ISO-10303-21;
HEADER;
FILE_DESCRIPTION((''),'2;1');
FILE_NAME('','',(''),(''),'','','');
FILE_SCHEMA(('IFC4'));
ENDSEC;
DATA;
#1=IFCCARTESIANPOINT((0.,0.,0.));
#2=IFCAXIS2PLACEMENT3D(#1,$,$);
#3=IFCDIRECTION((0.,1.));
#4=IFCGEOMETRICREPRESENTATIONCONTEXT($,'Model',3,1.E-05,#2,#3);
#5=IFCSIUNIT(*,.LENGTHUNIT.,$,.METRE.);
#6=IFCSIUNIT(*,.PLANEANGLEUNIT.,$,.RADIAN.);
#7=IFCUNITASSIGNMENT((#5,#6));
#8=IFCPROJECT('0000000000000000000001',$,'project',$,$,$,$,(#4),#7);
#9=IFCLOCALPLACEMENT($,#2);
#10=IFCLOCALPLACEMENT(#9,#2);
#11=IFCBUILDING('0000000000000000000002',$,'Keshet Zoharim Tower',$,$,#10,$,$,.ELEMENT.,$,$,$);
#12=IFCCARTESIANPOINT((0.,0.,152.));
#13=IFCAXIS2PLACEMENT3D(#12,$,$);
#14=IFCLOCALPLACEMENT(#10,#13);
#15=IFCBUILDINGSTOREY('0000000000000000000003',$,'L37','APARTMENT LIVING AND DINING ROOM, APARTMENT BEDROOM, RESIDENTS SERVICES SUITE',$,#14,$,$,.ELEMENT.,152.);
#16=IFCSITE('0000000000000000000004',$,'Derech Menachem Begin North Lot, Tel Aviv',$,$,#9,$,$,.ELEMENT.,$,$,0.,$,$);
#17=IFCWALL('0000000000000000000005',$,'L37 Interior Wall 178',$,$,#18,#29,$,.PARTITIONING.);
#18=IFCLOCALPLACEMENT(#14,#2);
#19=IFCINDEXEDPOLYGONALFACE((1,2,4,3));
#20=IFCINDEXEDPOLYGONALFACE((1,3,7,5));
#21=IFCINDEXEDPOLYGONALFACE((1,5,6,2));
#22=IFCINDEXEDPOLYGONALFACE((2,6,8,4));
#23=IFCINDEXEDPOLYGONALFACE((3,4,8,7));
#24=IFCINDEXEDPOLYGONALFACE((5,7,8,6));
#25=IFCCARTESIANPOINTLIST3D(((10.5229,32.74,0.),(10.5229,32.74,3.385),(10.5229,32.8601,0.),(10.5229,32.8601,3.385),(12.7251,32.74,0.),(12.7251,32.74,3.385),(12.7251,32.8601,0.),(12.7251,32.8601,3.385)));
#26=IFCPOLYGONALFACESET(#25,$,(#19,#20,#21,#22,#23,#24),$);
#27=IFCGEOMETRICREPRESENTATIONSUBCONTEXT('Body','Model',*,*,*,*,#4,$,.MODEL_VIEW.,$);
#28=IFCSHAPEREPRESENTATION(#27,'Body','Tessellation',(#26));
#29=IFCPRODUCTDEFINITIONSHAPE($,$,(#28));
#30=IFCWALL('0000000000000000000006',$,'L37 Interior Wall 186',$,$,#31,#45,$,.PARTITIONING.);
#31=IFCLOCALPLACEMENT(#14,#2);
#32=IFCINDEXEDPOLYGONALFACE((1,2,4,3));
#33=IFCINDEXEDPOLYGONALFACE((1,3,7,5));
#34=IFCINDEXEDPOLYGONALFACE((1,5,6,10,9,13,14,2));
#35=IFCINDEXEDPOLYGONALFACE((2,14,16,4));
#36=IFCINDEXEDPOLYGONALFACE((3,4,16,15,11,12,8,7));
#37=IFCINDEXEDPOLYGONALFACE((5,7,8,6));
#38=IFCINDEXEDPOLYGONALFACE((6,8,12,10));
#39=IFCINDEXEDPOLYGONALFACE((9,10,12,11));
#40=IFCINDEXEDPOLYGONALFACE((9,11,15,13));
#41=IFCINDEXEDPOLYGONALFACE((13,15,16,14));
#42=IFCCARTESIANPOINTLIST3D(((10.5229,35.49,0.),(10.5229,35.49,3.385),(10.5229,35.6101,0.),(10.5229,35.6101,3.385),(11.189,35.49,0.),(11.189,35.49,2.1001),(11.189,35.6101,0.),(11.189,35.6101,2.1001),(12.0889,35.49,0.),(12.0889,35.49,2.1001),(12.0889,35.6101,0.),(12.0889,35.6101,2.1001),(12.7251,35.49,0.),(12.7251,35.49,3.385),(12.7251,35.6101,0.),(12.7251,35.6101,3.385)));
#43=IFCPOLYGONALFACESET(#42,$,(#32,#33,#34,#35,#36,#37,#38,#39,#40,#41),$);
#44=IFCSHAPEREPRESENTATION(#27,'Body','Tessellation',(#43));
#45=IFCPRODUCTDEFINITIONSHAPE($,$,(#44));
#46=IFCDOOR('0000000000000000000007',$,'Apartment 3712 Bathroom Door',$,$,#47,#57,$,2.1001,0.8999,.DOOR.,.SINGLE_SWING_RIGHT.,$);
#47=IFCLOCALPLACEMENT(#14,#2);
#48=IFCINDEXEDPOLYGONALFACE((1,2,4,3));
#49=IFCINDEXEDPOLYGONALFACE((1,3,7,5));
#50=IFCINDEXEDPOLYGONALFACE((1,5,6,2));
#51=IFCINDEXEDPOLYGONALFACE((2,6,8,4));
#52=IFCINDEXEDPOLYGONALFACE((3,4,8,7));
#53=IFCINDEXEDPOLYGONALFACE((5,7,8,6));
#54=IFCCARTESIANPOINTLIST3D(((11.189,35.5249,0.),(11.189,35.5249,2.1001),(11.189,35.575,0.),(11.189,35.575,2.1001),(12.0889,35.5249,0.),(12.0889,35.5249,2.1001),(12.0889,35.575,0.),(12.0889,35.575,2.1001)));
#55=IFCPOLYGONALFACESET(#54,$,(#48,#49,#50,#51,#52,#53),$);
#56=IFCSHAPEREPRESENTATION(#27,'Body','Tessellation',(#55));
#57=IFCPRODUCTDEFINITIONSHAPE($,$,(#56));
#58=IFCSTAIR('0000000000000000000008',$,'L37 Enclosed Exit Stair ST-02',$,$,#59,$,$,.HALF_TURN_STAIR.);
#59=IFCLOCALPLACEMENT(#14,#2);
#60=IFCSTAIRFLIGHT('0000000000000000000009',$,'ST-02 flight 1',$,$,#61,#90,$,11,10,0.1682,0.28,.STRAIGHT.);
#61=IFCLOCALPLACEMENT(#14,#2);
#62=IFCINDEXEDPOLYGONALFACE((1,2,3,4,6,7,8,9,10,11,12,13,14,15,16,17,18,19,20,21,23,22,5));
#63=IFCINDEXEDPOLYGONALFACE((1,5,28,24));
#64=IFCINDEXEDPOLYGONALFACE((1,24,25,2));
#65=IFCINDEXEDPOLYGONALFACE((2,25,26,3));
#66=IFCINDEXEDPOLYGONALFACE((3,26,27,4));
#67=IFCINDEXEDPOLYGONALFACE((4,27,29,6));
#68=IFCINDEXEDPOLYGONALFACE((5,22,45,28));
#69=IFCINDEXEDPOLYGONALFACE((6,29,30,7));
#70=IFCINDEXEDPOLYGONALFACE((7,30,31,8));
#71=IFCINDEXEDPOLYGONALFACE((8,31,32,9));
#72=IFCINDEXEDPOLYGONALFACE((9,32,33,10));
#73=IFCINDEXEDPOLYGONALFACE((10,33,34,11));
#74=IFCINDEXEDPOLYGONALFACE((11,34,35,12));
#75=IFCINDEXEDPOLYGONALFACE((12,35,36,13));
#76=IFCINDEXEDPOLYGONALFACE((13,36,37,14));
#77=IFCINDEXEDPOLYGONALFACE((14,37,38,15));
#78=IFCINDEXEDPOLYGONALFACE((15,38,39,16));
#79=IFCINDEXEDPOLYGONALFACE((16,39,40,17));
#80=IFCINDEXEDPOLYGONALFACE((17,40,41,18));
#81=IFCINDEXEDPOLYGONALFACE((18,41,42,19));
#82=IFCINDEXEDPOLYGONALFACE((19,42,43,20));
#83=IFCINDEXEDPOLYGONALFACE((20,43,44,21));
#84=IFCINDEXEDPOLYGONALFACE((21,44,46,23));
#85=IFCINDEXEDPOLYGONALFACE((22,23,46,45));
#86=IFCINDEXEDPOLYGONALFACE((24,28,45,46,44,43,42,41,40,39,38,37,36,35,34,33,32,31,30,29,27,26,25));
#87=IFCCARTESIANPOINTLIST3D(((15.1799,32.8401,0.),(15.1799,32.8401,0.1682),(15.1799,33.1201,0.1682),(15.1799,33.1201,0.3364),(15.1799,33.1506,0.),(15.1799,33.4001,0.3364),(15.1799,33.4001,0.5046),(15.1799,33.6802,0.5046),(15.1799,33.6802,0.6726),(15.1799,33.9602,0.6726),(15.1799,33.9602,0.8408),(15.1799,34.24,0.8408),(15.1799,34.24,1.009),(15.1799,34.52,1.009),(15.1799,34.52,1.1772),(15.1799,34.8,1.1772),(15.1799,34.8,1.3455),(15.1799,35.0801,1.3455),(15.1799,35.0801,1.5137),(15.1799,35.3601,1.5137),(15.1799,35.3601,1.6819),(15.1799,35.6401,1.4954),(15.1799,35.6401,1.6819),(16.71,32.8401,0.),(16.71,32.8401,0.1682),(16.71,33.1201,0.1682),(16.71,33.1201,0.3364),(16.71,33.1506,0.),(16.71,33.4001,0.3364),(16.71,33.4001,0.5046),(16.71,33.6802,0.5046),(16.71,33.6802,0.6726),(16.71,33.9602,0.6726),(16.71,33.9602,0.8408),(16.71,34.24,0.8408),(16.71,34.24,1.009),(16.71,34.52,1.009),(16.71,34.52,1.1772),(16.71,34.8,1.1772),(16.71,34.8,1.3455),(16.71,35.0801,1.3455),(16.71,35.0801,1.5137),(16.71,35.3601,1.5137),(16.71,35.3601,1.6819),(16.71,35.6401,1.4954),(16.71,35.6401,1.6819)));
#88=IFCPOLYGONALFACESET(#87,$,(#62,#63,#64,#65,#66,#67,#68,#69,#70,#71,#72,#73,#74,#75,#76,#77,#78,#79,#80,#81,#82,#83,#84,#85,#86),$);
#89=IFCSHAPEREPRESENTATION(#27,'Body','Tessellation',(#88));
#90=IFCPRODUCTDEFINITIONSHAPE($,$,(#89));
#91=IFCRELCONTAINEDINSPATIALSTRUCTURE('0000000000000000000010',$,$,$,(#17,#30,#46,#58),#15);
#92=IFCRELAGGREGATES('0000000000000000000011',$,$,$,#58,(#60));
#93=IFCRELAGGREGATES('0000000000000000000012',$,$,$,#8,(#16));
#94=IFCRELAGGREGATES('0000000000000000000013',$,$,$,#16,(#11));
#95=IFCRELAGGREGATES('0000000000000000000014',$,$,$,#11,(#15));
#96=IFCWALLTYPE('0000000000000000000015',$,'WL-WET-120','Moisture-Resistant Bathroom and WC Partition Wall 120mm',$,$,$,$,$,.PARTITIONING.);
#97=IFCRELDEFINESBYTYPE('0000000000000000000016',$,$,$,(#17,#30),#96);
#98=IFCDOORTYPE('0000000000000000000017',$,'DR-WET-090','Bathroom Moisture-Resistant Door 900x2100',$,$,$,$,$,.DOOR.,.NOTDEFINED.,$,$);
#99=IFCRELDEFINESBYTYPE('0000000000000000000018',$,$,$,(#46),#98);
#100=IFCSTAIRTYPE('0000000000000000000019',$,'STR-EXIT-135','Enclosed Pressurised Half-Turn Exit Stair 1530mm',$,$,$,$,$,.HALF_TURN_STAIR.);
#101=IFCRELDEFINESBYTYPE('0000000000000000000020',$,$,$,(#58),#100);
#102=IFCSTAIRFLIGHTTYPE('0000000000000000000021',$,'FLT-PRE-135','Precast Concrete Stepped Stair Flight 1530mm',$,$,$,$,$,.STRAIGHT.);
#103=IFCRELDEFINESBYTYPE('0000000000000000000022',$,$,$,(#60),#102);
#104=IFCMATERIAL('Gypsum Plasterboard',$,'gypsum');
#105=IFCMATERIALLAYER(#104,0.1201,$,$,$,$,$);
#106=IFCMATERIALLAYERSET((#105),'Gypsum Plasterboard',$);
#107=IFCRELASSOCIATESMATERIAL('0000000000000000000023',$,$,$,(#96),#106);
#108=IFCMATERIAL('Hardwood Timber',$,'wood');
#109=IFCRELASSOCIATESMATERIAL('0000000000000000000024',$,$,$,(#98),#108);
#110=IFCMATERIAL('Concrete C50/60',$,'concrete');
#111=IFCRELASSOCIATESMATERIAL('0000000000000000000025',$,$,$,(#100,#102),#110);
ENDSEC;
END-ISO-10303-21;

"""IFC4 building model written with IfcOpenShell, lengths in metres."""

from ifc_helpers import new_model, si_unit, direction, frame, frame_2d, origin, place, context, subcontext, project, spatial, polyline, rectangle, outline, extrude, material, layer, layer_set, type_object, element, fill, aggregate, save


model = new_model("IFC4")

# Units and contexts
model_context = context("Model", 3, precision=1e-05, world=origin(), true_north=direction((0.0, 1.0)))
body_context = subcontext(model_context, "Body", "Model", "MODEL_VIEW")
ifc_project = project(units=[si_unit("LENGTHUNIT", "METRE"), si_unit("PLANEANGLEUNIT", "RADIAN")], contexts=[model_context])

# Site, building, storey
site_placement = place(None, origin())
site = spatial("IfcSite", under=ifc_project, at=site_placement, Name="Derech Menachem Begin North Lot, Tel Aviv", CompositionType="ELEMENT", RefElevation=0.0)
building_placement = place(site_placement, origin())
building = spatial("IfcBuilding", under=site, at=building_placement, Name="Keshet Zoharim Tower", CompositionType="ELEMENT")
storey_placement = place(building_placement, frame((0.0, 0.0, 152.0)))
storey = spatial("IfcBuildingStorey", under=building, at=storey_placement, Name="L37", Description="APARTMENT LIVING AND DINING ROOM, APARTMENT BEDROOM, RESIDENTS SERVICES SUITE", CompositionType="ELEMENT", Elevation=152.0)

# Shared definitions
ifc_material_1 = material(Name="Hardwood Timber", Category="wood")

# Shared definitions
ifc_material_2 = material(Name="Gypsum Plasterboard", Category="gypsum")

# Shared definitions
ifc_layer_1 = layer(ifc_material_2, 0.1201)
ifc_layer_set_1 = layer_set([ifc_layer_1], Name="Gypsum Plasterboard")
wall_type_1 = type_object("IfcWallType", Name="WL-WET-120", Description="Moisture-Resistant Bathroom and WC Partition Wall 120mm", PredefinedType="PARTITIONING", material=ifc_layer_set_1)
door_type_1 = type_object("IfcDoorType", Name="DR-WET-090", Description="Bathroom Moisture-Resistant Door 900x2100", OperationType="NOTDEFINED", PredefinedType="DOOR", material=ifc_material_1)

# Wall
wall_1_placement = place(storey_placement, frame((10.5229, 32.8, 0.0), z_axis=(0.0, 0.0, 1.0), x_axis=(1.0, 0.0, 0.0)))
element("IfcWall", 1, at=wall_1_placement, inside=storey, type_object=wall_type_1, Name="L37 Interior Wall 178", PredefinedType="PARTITIONING", context=body_context, shape_type="SweptSolid", body=[
    extrude(rectangle(XDim=2.2021, YDim=0.1201, at=frame_2d((1.1011, 0.0))), origin(), (0.0, 0.0, 1.0), 3.385),
])

# Wall, opening, door
wall_2_placement = place(storey_placement, frame((10.5229, 35.55, 0.0), z_axis=(0.0, 0.0, 1.0), x_axis=(1.0, 0.0, 0.0)))
wall_2 = element("IfcWall", 2, at=wall_2_placement, inside=storey, type_object=wall_type_1, Name="L37 Interior Wall 186", PredefinedType="PARTITIONING", context=body_context, shape_type="SweptSolid", body=[
    extrude(rectangle(XDim=2.2021, YDim=0.1201, at=frame_2d((1.1011, 0.0))), origin(), (0.0, 0.0, 1.0), 3.385),
])
opening_1_placement = place(wall_2_placement, frame((0.666, 0.0, 0.0)))
opening_1 = element("IfcOpeningElement", 3, at=opening_1_placement, cuts=wall_2, PredefinedType="OPENING", context=body_context, shape_type="SweptSolid", body=[
    extrude(rectangle(XDim=0.8999, YDim=2.1001, at=frame_2d((0.45, 1.05))), frame((0.0, 0.0701, 0.0), z_axis=(0.0, -1.0, 0.0), x_axis=(1.0, 0.0, 0.0)), (0.0, 0.0, 1.0), 0.1401),
])
door_1_placement = place(opening_1_placement, origin())
door_1 = element("IfcDoor", 4, at=door_1_placement, inside=storey, type_object=door_type_1, Name="Apartment 3712 Bathroom Door", OperationType="SINGLE_SWING_RIGHT", OverallHeight=2.1001, OverallWidth=0.8999, PredefinedType="DOOR", context=body_context, shape_type="SweptSolid", body=[
    extrude(rectangle(XDim=0.8999, YDim=2.1001, at=frame_2d((0.45, 1.05))), frame((0.0, 0.0249, 0.0), z_axis=(0.0, -1.0, 0.0), x_axis=(1.0, 0.0, 0.0)), (0.0, 0.0, 1.0), 0.05),
])
fill(opening_1, door_1)

# Stair, stair flight
ifc_material_3 = material(Name="Concrete C50/60", Category="concrete")
stair_type = type_object("IfcStairType", Name="STR-EXIT-135", Description="Enclosed Pressurised Half-Turn Exit Stair 1530mm", PredefinedType="HALF_TURN_STAIR", material=ifc_material_3)
stair_placement = place(storey_placement, origin())
stair = element("IfcStair", 5, at=stair_placement, inside=storey, type_object=stair_type, Name="L37 Enclosed Exit Stair ST-02", PredefinedType="HALF_TURN_STAIR")
stair_flight_type = type_object("IfcStairFlightType", Name="FLT-PRE-135", Description="Precast Concrete Stepped Stair Flight 1530mm", PredefinedType="STRAIGHT", material=ifc_material_3)
stair_flight_placement = place(storey_placement, frame((15.9451, 32.8401, 0.0), z_axis=(0.0, 0.0, 1.0), x_axis=(0.0, 1.0, 0.0)))
stair_flight = element("IfcStairFlight", 6, at=stair_flight_placement, type_object=stair_flight_type, Name="ST-02 flight 1", NumberOfRisers=11, NumberOfTreads=10, PredefinedType="STRAIGHT", RiserHeight=0.1682, TreadLength=0.28, context=body_context, shape_type="SweptSolid", body=[
    extrude(outline(polyline([(0.0, 0.0), (0.0, 0.1682), (0.28, 0.1682), (0.28, 0.3364), (0.5601, 0.3364), (0.5601, 0.5046), (0.8401, 0.5046), (0.8401, 0.6726), (1.1201, 0.6726), (1.1201, 0.8408), (1.3999, 0.8408), (1.3999, 1.009), (1.6799, 1.009), (1.6799, 1.1772), (1.96, 1.1772), (1.96, 1.3455), (2.24, 1.3455), (2.24, 1.5137), (2.52, 1.5137), (2.52, 1.6819), (2.8, 1.6819), (2.8, 1.8501), (2.8, 1.4954), (0.3105, 0.0), (0.0, 0.0)])), frame((0.0, 0.7651, 0.0), z_axis=(0.0, -1.0, 0.0), x_axis=(1.0, 0.0, 0.0)), (0.0, 0.0, 1.0), 1.53),
])
aggregate(stair, [stair_flight])

save(model, "model.ifc")
